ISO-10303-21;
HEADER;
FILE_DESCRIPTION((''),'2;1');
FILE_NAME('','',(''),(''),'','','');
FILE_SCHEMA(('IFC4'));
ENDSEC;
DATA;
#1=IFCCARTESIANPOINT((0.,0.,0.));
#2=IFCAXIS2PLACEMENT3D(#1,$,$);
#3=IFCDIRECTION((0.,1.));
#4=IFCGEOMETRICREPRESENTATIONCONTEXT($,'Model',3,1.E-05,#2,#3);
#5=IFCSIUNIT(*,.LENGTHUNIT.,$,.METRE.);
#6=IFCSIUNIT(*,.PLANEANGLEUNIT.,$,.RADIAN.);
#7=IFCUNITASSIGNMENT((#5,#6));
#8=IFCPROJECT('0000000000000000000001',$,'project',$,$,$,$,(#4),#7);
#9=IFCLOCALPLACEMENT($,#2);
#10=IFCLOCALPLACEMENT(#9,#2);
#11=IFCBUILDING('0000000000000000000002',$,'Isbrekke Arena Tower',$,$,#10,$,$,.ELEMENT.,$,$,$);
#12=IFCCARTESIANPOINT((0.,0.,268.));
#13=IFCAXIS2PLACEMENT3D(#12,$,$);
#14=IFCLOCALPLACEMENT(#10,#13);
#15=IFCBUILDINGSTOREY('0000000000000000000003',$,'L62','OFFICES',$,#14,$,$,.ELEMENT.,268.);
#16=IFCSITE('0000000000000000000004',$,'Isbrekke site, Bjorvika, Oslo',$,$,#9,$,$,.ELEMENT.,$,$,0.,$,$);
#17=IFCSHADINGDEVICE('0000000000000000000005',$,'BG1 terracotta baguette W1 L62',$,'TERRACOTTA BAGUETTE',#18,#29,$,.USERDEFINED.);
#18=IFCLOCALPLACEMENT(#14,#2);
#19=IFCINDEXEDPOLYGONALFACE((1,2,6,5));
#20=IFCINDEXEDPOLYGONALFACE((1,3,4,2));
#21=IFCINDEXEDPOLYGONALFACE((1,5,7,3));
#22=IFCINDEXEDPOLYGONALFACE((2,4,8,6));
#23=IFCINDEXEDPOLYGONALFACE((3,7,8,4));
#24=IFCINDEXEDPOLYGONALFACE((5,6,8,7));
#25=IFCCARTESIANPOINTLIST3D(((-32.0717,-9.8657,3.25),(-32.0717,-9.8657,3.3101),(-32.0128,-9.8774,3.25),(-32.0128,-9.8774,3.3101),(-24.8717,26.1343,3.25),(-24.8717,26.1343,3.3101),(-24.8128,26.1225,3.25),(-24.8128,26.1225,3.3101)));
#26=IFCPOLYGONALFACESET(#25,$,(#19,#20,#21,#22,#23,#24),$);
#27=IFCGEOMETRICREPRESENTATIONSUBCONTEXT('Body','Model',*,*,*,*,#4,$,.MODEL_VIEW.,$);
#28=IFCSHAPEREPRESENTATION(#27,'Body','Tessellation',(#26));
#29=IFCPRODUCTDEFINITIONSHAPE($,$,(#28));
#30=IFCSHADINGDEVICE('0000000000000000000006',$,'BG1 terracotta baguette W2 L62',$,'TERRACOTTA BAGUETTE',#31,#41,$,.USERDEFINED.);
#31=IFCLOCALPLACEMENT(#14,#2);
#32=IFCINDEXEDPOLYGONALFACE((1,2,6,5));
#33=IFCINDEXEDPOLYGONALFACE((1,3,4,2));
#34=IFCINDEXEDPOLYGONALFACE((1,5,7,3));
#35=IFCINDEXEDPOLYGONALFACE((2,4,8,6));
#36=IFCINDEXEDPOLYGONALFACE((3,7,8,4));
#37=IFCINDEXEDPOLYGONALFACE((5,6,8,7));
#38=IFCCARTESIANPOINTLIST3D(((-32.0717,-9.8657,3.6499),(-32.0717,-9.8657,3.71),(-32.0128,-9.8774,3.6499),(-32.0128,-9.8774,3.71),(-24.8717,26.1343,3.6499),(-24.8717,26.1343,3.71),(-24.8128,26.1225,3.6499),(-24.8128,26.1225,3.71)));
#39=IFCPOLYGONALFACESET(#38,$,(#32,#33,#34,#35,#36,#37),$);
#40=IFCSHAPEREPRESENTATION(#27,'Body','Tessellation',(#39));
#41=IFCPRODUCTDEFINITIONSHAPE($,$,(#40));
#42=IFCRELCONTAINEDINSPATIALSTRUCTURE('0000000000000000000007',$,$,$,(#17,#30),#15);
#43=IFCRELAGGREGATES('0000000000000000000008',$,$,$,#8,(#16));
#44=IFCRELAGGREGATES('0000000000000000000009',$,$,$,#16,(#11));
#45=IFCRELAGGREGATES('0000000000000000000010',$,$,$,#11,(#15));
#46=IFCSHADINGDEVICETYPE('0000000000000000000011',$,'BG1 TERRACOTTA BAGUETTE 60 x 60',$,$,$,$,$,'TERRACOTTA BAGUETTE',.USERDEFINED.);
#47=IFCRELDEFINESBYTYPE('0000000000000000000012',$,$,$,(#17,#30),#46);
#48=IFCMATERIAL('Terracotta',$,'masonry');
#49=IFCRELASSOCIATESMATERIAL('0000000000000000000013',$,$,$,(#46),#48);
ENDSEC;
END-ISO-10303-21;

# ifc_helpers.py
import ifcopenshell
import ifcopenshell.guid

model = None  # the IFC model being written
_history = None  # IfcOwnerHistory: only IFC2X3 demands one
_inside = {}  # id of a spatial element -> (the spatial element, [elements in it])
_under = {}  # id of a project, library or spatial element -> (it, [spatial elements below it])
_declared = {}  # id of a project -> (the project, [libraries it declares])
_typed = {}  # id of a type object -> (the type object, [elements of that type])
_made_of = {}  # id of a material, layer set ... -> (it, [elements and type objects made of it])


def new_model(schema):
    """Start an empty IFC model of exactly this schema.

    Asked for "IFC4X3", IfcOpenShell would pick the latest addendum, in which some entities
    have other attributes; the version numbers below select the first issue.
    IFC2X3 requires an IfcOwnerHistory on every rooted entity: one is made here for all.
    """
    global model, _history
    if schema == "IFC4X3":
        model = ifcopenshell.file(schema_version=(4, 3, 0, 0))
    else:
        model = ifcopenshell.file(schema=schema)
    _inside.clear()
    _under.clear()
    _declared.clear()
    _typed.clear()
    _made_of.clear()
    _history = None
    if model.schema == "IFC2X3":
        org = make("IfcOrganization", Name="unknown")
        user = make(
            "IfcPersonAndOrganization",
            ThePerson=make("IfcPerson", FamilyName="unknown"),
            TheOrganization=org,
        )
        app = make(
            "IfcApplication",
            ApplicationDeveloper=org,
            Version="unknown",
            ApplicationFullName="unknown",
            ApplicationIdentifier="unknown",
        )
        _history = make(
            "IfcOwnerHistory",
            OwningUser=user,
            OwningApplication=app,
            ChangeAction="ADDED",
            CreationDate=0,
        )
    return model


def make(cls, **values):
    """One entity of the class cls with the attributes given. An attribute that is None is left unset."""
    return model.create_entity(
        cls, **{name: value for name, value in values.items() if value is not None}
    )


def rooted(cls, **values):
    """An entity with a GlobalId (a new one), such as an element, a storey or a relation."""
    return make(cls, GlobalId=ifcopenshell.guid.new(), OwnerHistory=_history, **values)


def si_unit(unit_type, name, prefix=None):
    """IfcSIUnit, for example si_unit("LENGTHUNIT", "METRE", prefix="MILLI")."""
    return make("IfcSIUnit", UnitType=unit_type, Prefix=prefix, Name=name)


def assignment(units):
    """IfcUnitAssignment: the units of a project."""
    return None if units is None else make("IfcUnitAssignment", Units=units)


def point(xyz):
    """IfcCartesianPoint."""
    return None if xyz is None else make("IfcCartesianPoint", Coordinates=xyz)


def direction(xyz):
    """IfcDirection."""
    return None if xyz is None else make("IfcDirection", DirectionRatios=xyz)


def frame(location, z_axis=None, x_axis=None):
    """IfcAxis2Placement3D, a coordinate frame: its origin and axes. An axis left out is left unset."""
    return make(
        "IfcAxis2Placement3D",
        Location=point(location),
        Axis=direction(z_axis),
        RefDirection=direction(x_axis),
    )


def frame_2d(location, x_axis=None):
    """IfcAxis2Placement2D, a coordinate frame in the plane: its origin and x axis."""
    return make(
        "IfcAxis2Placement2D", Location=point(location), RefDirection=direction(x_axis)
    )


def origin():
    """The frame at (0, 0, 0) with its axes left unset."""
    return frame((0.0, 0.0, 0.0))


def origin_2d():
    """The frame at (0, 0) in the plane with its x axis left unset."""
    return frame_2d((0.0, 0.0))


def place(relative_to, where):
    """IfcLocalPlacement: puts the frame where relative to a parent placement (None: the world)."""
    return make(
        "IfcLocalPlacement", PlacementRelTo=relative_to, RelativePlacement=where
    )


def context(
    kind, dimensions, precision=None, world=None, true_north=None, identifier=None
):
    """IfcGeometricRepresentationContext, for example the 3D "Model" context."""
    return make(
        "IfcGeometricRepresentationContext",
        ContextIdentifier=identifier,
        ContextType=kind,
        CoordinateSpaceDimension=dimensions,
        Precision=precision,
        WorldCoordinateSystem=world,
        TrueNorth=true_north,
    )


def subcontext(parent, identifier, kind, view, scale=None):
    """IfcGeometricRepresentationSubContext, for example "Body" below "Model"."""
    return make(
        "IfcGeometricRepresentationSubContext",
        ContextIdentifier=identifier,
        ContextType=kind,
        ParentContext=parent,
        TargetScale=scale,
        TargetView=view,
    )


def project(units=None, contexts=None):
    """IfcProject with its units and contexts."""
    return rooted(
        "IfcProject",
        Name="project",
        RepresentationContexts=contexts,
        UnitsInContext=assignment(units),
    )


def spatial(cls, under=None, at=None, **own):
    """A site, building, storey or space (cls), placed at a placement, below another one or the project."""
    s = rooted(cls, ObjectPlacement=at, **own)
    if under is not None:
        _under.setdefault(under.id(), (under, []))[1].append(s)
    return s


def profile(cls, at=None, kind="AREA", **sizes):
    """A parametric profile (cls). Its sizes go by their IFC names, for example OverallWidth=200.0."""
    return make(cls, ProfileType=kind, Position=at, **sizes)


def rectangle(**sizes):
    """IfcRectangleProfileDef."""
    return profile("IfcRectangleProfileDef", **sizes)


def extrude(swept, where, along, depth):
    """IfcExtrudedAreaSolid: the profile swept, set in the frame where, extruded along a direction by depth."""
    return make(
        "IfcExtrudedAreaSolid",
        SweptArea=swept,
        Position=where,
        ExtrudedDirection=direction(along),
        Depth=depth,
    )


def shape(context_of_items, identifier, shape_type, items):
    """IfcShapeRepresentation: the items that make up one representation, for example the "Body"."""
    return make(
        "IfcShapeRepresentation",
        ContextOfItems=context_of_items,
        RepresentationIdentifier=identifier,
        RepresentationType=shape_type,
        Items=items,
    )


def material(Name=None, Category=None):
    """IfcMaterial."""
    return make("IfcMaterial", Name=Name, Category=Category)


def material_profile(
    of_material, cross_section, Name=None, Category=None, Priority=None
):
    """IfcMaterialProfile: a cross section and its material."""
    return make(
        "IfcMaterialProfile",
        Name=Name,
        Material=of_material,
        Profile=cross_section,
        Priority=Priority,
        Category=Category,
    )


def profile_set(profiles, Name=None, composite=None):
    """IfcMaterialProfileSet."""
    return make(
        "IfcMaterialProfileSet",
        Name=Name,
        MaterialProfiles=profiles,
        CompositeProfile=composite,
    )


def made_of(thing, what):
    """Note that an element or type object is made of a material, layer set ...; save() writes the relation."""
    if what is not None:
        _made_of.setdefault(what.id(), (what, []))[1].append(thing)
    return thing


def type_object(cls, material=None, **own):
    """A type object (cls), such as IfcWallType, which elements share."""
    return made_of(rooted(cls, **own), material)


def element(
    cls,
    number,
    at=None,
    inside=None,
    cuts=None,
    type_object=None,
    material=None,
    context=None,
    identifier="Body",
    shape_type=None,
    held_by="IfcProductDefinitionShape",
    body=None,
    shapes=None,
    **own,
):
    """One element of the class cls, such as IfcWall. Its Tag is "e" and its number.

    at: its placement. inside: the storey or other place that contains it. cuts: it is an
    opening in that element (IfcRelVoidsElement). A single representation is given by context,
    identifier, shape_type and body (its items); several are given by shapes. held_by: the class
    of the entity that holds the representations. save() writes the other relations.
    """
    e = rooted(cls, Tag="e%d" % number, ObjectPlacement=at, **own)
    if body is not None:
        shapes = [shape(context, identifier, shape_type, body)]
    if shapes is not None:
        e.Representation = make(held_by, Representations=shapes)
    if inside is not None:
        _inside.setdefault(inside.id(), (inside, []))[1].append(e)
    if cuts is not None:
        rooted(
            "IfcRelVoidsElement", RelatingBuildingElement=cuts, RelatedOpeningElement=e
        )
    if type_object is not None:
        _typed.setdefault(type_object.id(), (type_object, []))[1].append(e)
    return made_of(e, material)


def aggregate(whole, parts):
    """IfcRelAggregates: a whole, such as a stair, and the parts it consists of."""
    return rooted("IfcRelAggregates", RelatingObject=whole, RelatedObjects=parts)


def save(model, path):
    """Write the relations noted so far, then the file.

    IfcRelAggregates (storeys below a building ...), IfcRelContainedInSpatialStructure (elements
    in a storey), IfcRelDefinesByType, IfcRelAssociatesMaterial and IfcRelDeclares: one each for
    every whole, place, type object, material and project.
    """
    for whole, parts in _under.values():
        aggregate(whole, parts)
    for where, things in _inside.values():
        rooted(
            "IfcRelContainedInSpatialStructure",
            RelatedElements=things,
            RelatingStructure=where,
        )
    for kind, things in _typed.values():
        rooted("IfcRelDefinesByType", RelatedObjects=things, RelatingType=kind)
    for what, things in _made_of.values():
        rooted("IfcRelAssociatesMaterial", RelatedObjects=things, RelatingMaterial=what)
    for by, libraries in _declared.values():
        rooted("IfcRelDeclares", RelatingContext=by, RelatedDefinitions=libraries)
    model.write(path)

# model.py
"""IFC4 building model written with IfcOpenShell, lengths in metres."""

from ifc_helpers import new_model, si_unit, direction, frame, origin, origin_2d, place, context, subcontext, project, spatial, rectangle, extrude, material, material_profile, profile_set, type_object, element, save


model = new_model("IFC4")

# Units and contexts
model_context = context("Model", 3, precision=1e-05, world=origin(), true_north=direction((0.0, 1.0)))
body_context = subcontext(model_context, "Body", "Model", "MODEL_VIEW")
ifc_project = project(units=[si_unit("LENGTHUNIT", "METRE"), si_unit("PLANEANGLEUNIT", "RADIAN")], contexts=[model_context])

# Site, building, storey
site_placement = place(None, origin())
site = spatial("IfcSite", under=ifc_project, at=site_placement, Name="Isbrekke site, Bjorvika, Oslo", CompositionType="ELEMENT", RefElevation=0.0)
building_placement = place(site_placement, origin())
building = spatial("IfcBuilding", under=site, at=building_placement, Name="Isbrekke Arena Tower", CompositionType="ELEMENT")
storey_placement = place(building_placement, frame((0.0, 0.0, 268.0)))
storey = spatial("IfcBuildingStorey", under=building, at=storey_placement, Name="L62", Description="OFFICES", CompositionType="ELEMENT", Elevation=268.0)

# Shading devices
ifc_material_1 = material(Name="Terracotta", Category="masonry")
ifc_material_profile_1 = material_profile(ifc_material_1, rectangle(XDim=0.0601, YDim=0.0601, at=origin_2d()), Name="BAGUETTE 60X60")
ifc_profile_set_1 = profile_set([ifc_material_profile_1], Name="Terracotta")
shading_device_type = type_object("IfcShadingDeviceType", Name="BG1 TERRACOTTA BAGUETTE 60 x 60", ElementType="TERRACOTTA BAGUETTE", PredefinedType="USERDEFINED", material=ifc_profile_set_1)
for number, where, z_axis, x_axis, name in (
    (1, (-24.8423, 26.1284, 3.28), (-0.196115, -0.980581, 0.0), (0.980581, -0.196115, 0.0), "BG1 terracotta baguette W1 L62"),
    (2, (-24.8423, 26.1284, 3.6799), (-0.196115, -0.980581, 0.0), (0.980581, -0.196115, 0.0), "BG1 terracotta baguette W2 L62"),
):
    element("IfcShadingDevice", number, at=place(storey_placement, frame(where, z_axis=z_axis, x_axis=x_axis)), inside=storey, type_object=shading_device_type, Name=name, ObjectType="TERRACOTTA BAGUETTE", PredefinedType="USERDEFINED", context=body_context, shape_type="SweptSolid", body=[
        extrude(rectangle(XDim=0.0601, YDim=0.0601, at=origin_2d()), origin(), (0.0, 0.0, 1.0), 36.7129),
    ])

save(model, "model.ifc")
